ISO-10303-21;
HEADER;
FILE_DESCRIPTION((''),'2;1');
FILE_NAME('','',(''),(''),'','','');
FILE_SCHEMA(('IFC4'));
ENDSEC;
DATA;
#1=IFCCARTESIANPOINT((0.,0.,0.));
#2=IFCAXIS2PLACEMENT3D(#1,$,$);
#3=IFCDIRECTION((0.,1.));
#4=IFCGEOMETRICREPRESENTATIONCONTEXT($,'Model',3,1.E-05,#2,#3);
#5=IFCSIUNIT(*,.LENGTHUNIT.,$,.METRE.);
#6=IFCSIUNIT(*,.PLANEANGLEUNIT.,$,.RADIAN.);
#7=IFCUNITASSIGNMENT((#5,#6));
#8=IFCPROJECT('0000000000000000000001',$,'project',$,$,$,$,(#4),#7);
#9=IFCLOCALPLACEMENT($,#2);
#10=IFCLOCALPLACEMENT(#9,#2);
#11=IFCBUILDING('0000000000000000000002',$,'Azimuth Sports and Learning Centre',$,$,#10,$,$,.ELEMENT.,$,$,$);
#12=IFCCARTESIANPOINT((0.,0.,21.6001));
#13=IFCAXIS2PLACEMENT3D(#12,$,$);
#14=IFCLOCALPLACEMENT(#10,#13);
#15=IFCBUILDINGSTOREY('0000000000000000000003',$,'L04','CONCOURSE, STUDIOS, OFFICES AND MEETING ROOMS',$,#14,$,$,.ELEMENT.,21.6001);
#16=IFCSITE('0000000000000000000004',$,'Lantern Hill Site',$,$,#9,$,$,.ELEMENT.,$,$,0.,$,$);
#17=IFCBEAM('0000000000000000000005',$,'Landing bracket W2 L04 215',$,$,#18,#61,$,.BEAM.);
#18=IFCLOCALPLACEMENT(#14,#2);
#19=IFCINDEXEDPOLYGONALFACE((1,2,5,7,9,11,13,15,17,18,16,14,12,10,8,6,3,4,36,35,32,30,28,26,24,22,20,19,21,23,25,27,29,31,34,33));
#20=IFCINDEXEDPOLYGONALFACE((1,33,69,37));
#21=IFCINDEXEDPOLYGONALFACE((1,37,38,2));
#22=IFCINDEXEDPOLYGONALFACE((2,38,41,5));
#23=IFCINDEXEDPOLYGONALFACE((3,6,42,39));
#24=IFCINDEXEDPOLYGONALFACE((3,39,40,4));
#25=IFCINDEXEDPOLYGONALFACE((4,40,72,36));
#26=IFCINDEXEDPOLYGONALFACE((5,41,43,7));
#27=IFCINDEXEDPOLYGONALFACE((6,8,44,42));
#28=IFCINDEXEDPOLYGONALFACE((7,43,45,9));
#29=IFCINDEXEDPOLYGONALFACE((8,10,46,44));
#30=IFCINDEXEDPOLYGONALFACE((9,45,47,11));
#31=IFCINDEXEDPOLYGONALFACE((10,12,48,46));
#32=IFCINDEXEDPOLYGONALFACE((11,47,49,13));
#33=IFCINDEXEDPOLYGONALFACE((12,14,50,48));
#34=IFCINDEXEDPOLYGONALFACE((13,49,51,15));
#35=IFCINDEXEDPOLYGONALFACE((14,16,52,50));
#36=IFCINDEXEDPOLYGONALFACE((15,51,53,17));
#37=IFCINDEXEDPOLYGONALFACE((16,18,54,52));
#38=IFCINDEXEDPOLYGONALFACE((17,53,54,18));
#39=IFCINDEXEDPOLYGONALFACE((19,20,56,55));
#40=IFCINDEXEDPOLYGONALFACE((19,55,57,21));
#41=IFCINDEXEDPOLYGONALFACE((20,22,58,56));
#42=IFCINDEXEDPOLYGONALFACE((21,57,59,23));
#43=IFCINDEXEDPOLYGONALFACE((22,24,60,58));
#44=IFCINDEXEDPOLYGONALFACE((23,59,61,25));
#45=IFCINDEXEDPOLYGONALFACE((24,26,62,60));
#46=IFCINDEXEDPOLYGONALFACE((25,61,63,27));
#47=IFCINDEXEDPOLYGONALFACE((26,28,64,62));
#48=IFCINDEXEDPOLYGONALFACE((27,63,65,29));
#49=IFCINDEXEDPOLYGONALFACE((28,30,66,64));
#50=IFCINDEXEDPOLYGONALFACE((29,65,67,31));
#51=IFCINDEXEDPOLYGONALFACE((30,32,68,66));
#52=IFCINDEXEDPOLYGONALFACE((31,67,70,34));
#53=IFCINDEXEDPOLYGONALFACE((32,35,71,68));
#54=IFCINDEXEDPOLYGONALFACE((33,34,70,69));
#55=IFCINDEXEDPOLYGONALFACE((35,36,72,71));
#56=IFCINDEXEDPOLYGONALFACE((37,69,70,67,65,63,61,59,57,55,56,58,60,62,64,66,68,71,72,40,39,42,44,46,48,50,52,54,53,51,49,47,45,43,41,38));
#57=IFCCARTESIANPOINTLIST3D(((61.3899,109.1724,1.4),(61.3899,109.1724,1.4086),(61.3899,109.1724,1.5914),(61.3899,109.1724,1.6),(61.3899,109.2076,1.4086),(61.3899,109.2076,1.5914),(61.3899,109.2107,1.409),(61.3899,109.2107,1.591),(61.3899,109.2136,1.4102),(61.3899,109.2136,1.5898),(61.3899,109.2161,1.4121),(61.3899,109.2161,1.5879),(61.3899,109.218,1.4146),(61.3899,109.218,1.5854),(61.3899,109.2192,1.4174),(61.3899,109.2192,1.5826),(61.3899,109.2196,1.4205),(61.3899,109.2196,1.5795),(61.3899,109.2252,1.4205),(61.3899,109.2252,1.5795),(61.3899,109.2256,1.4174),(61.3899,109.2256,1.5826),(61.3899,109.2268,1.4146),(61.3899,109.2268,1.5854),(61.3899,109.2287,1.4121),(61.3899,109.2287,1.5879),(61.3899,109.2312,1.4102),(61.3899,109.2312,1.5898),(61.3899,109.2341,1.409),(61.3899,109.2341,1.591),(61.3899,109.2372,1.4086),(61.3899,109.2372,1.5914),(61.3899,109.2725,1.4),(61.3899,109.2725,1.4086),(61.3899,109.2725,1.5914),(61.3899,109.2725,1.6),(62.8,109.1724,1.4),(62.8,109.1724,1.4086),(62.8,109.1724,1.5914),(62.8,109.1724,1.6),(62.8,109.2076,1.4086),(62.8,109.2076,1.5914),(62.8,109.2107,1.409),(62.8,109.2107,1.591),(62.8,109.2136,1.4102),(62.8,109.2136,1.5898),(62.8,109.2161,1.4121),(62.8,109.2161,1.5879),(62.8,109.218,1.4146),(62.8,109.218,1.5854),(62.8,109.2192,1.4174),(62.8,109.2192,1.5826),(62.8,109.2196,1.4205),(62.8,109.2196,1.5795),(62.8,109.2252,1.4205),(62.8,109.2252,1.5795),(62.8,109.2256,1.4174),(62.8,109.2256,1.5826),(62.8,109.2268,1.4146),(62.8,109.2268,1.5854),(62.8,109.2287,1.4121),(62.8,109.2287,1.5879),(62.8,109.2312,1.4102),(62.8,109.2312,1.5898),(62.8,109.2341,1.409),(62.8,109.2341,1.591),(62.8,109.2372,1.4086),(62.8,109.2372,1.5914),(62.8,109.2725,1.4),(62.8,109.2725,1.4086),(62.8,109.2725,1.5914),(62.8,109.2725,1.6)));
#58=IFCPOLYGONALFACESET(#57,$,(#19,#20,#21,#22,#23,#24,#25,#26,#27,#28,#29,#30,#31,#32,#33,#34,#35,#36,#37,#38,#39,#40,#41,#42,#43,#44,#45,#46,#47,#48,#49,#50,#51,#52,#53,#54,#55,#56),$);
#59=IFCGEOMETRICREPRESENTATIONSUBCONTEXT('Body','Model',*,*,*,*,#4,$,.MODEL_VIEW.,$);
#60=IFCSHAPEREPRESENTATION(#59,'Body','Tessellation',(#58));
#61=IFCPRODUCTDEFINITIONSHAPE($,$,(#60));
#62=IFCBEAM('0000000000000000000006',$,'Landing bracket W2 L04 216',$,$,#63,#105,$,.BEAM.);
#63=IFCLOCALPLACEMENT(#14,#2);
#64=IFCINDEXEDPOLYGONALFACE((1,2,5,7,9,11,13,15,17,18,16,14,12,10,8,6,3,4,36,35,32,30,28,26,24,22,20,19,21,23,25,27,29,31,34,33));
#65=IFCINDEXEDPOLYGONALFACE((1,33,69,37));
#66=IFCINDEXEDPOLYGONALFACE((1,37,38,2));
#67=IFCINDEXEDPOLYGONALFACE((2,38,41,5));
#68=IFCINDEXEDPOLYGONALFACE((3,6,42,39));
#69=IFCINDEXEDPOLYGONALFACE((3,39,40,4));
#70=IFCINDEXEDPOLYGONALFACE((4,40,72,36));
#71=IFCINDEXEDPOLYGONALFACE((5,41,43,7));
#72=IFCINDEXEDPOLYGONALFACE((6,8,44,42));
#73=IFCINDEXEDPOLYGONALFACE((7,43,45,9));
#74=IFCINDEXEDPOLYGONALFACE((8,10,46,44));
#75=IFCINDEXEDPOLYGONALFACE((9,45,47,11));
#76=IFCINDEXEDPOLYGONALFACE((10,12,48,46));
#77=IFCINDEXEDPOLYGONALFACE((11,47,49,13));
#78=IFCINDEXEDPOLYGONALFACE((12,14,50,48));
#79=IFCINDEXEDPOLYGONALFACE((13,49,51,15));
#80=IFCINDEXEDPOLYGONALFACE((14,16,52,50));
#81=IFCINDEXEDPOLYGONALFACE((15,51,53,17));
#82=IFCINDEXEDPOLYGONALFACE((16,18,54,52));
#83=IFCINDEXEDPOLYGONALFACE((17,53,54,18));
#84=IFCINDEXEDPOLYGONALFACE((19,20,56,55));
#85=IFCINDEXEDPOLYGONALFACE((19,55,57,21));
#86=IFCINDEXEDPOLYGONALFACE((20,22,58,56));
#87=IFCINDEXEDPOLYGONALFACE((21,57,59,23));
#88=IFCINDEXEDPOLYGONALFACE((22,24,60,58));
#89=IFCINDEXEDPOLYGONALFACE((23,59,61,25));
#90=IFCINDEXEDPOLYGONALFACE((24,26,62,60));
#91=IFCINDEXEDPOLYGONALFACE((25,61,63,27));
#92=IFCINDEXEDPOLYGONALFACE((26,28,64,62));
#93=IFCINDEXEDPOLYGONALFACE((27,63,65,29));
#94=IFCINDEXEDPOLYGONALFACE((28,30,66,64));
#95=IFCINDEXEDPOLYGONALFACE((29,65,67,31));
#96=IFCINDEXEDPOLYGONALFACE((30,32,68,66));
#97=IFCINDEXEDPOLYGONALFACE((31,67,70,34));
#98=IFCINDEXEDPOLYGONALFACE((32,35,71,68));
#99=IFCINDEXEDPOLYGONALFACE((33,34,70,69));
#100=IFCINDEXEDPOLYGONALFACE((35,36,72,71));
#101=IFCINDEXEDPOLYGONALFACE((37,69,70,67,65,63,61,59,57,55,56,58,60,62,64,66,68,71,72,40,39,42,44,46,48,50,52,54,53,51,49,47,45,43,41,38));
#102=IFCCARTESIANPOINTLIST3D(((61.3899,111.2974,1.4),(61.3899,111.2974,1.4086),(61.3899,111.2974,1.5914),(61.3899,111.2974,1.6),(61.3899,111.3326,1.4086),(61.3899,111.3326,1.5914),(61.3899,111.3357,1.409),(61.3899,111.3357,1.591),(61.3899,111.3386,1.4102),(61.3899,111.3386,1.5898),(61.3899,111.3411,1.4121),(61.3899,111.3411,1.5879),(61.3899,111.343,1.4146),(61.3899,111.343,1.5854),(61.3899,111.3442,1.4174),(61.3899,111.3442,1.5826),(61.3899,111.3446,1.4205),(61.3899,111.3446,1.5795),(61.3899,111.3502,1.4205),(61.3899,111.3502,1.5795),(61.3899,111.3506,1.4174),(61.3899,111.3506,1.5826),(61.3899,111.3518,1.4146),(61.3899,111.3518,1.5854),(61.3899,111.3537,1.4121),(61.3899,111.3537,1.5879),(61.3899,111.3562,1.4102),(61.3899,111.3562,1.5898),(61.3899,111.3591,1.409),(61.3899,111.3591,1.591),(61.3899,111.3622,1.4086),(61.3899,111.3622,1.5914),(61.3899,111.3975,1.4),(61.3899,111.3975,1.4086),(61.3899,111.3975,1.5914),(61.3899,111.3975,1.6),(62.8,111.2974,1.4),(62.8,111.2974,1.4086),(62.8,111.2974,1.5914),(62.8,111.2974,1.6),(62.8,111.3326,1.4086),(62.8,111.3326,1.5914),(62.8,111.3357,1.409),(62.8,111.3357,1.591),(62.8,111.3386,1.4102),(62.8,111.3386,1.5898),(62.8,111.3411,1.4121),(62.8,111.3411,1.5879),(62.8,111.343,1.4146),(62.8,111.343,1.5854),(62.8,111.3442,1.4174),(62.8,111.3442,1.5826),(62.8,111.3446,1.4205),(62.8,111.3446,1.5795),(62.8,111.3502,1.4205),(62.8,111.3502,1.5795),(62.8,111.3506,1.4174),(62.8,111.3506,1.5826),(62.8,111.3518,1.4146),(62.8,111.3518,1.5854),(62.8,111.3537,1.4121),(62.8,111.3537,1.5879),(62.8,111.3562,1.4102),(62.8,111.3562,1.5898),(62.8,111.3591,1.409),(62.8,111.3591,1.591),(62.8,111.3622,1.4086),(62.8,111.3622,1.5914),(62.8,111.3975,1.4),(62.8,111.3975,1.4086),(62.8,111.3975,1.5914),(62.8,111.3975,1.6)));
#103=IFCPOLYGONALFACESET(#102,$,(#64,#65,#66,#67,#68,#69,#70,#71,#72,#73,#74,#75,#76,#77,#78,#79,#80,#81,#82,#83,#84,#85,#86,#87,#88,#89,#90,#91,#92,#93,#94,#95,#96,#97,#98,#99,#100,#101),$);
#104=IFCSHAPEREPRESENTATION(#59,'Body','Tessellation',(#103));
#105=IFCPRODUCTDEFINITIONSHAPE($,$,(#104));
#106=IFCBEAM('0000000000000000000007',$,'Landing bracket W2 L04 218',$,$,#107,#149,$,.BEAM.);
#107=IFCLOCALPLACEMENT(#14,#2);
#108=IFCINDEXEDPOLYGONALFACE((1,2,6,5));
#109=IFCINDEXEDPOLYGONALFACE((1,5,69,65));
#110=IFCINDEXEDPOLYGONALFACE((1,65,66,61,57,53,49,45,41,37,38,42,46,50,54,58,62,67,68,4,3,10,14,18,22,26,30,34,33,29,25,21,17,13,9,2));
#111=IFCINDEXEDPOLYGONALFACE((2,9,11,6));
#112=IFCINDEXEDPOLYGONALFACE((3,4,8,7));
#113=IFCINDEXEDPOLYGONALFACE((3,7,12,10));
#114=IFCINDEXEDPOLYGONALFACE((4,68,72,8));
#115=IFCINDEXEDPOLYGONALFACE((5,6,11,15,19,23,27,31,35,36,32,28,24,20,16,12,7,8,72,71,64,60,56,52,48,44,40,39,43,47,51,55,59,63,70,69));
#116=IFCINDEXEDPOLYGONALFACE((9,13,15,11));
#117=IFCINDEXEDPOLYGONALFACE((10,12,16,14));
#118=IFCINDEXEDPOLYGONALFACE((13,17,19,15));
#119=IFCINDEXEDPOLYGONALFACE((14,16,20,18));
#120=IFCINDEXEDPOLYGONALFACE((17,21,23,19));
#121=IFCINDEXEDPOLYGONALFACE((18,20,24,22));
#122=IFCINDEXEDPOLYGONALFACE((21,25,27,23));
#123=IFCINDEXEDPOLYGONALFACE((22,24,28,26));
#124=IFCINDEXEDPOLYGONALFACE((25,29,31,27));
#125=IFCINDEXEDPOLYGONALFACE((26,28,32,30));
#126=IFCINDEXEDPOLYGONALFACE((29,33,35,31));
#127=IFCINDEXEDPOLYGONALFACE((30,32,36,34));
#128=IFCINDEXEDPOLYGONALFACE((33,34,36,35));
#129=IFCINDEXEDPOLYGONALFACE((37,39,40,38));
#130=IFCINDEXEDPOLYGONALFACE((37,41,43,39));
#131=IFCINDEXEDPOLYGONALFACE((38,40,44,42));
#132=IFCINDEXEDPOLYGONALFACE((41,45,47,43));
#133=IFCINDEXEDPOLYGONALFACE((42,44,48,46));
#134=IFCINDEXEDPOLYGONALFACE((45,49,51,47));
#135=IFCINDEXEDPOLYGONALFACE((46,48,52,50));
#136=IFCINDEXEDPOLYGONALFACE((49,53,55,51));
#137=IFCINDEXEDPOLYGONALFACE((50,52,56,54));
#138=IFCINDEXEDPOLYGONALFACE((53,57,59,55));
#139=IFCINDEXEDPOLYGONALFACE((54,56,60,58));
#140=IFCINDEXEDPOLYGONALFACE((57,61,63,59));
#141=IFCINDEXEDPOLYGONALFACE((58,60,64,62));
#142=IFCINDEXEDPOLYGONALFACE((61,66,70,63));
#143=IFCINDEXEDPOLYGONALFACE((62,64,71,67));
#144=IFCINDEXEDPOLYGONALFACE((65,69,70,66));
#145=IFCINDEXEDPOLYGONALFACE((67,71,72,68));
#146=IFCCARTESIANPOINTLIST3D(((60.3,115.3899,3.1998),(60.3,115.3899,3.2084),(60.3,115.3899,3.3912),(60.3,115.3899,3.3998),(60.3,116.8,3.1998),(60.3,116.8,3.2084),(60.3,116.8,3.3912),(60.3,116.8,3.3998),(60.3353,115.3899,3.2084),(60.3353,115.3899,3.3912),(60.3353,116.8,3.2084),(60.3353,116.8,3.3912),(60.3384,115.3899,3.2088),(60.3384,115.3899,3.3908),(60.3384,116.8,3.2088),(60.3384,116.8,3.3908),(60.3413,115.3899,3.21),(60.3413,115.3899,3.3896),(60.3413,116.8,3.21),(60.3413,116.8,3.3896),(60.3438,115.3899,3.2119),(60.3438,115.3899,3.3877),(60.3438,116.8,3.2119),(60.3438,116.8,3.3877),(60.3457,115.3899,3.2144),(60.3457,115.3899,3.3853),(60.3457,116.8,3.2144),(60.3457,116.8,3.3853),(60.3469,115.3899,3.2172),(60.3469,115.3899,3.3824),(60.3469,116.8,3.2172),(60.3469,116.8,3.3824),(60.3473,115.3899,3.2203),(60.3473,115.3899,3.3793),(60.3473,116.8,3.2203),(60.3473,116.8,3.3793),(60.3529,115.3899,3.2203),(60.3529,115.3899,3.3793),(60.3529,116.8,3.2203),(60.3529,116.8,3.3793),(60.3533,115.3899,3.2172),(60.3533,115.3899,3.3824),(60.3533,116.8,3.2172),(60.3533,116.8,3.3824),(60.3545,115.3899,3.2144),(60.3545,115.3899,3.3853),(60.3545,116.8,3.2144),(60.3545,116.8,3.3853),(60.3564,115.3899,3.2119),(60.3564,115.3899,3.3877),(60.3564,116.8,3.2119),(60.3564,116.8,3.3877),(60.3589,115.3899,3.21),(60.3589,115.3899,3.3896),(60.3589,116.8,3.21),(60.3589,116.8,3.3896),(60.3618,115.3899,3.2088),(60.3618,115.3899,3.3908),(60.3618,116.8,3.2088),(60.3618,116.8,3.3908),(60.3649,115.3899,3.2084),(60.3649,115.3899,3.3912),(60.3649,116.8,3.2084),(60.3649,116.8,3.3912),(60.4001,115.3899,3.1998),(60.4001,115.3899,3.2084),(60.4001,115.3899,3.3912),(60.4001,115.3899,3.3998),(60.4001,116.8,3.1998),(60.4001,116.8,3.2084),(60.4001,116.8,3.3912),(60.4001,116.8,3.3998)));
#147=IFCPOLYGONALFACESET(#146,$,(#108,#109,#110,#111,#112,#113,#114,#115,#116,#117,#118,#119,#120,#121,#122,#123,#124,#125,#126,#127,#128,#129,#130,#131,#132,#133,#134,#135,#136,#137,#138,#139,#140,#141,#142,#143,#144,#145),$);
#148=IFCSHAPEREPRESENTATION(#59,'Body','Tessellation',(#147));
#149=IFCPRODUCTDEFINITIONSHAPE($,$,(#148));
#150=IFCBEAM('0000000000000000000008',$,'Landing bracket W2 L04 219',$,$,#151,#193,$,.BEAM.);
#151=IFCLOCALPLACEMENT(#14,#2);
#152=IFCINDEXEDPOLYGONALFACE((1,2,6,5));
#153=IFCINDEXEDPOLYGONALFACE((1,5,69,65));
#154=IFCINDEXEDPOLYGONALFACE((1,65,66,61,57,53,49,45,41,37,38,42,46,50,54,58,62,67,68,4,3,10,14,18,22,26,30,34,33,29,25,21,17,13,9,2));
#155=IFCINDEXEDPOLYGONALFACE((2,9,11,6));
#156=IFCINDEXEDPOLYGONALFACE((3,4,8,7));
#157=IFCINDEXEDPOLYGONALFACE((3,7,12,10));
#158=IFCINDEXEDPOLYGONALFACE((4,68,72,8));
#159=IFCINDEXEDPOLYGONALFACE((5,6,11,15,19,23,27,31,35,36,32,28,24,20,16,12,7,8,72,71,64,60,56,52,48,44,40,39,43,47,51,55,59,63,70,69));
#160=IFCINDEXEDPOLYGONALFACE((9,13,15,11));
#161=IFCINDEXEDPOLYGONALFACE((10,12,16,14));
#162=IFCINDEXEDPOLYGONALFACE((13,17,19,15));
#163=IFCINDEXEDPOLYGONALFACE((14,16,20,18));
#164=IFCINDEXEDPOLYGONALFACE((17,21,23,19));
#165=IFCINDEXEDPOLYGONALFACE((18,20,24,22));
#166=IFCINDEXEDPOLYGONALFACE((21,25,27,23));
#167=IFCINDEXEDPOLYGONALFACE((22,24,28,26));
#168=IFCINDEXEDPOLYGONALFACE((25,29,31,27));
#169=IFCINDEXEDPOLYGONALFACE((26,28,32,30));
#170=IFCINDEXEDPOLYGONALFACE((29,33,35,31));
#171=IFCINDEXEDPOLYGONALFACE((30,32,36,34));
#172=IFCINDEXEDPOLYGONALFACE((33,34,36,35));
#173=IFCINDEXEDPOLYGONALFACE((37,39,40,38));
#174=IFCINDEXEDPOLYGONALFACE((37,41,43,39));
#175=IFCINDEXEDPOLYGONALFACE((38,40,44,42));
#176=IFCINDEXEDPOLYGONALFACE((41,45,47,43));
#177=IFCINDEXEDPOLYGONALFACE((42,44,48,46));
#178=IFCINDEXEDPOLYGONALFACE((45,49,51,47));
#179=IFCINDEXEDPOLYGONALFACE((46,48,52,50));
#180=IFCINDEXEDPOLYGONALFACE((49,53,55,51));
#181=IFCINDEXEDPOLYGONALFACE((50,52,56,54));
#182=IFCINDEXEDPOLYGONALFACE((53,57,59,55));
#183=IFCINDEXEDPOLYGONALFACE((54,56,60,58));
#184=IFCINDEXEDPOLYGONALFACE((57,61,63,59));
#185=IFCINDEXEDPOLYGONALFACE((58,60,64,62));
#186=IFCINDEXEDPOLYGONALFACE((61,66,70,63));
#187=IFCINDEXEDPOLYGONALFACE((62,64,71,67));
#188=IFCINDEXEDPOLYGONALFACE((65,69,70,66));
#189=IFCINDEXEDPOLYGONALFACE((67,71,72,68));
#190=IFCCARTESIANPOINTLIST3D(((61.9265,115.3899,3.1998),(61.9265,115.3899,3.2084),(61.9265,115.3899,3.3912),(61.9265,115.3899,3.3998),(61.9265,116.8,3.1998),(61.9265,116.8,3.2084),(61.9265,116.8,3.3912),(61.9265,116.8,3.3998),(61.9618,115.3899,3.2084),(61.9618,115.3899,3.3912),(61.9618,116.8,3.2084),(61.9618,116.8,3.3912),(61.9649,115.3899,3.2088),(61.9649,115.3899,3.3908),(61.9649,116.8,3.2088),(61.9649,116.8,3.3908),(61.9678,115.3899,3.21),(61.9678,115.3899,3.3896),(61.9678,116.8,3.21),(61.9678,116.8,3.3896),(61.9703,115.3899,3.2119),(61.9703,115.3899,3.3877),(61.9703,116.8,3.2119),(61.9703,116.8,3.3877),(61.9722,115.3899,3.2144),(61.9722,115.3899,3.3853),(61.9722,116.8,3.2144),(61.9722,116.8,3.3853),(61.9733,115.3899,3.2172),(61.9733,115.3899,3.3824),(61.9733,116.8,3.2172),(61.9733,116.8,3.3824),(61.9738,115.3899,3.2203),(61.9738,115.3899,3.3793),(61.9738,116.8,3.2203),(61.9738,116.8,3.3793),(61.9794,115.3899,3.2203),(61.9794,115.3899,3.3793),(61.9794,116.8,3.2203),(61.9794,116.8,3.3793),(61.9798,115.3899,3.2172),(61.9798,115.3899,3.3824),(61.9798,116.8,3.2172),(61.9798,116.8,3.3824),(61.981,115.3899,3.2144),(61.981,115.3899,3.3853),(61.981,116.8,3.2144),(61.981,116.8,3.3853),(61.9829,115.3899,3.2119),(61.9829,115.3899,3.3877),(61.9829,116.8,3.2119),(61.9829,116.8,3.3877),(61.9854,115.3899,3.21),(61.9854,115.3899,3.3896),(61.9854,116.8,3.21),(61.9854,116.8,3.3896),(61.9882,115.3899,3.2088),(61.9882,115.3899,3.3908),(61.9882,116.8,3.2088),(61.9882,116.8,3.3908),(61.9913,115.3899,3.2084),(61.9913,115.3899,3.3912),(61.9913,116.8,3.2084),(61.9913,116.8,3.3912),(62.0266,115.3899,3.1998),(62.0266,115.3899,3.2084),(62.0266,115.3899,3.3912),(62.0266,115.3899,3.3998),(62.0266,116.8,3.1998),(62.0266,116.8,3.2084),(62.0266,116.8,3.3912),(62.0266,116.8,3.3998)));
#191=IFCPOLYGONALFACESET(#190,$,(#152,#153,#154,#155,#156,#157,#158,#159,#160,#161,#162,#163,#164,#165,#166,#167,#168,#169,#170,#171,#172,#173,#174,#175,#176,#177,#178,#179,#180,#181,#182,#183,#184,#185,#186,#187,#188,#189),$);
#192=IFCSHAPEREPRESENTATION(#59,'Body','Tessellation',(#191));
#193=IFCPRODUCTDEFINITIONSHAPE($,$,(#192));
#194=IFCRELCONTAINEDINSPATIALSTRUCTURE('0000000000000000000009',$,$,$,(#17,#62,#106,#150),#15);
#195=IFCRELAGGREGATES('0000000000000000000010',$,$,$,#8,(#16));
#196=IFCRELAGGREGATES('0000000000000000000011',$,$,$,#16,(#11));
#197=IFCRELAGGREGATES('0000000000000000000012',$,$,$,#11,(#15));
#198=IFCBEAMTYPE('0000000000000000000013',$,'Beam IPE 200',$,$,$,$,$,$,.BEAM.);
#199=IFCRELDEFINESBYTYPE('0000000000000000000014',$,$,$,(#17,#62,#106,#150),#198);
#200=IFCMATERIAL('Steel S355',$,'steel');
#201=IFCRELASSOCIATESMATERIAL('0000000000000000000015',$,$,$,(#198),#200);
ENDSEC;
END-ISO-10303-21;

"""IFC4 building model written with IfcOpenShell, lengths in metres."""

from ifc_helpers import new_model, si_unit, direction, frame, origin, origin_2d, place, context, subcontext, project, spatial, i_section, extrude, material, material_profile, profile_set, type_object, element, save


model = new_model("IFC4")

# Units and contexts
model_context = context("Model", 3, precision=1e-05, world=origin(), true_north=direction((0.0, 1.0)))
body_context = subcontext(model_context, "Body", "Model", "MODEL_VIEW")
ifc_project = project(units=[si_unit("LENGTHUNIT", "METRE"), si_unit("PLANEANGLEUNIT", "RADIAN")], contexts=[model_context])

# Site, building, storey
site_placement = place(None, origin())
site = spatial("IfcSite", under=ifc_project, at=site_placement, Name="Lantern Hill Site", CompositionType="ELEMENT", RefElevation=0.0)
building_placement = place(site_placement, origin())
building = spatial("IfcBuilding", under=site, at=building_placement, Name="Azimuth Sports and Learning Centre", CompositionType="ELEMENT")
storey_placement = place(building_placement, frame((0.0, 0.0, 21.6001)))
storey = spatial("IfcBuildingStorey", under=building, at=storey_placement, Name="L04", Description="CONCOURSE, STUDIOS, OFFICES AND MEETING ROOMS", CompositionType="ELEMENT", Elevation=21.6001)

# Beams
ifc_material_1 = material(Name="Steel S355", Category="steel")
ifc_material_profile_1 = material_profile(ifc_material_1, i_section(OverallWidth=0.1001, OverallDepth=0.2, WebThickness=0.0056, FlangeThickness=0.0085, FilletRadius=0.012, at=origin_2d()), Name="IPE 200")
ifc_profile_set_1 = profile_set([ifc_material_profile_1], Name="Steel S355")
beam_type = type_object("IfcBeamType", Name="Beam IPE 200", PredefinedType="BEAM", material=ifc_profile_set_1)
for number, where, z_axis, x_axis, name in (
    (1, (62.8, 109.2224, 1.5), (-1.0, 0.0, 0.0), (0.0, -1.0, 0.0), "Landing bracket W2 L04 215"),
    (2, (62.8, 111.3474, 1.5), (-1.0, 0.0, 0.0), (0.0, -1.0, 0.0), "Landing bracket W2 L04 216"),
    (3, (60.3501, 116.8, 3.2998), (0.0, -1.0, 0.0), (1.0, 0.0, 0.0), "Landing bracket W2 L04 218"),
    (4, (61.9766, 116.8, 3.2998), (0.0, -1.0, 0.0), (1.0, 0.0, 0.0), "Landing bracket W2 L04 219"),
):
    element("IfcBeam", number, at=place(storey_placement, frame(where, z_axis=z_axis, x_axis=x_axis)), inside=storey, type_object=beam_type, Name=name, PredefinedType="BEAM", context=body_context, shape_type="SweptSolid", body=[
        extrude(i_section(OverallWidth=0.1001, OverallDepth=0.2, WebThickness=0.0056, FlangeThickness=0.0085, FilletRadius=0.012, at=origin_2d()), origin(), (0.0, 0.0, 1.0), 1.4102),
    ])

save(model, "model.ifc")
